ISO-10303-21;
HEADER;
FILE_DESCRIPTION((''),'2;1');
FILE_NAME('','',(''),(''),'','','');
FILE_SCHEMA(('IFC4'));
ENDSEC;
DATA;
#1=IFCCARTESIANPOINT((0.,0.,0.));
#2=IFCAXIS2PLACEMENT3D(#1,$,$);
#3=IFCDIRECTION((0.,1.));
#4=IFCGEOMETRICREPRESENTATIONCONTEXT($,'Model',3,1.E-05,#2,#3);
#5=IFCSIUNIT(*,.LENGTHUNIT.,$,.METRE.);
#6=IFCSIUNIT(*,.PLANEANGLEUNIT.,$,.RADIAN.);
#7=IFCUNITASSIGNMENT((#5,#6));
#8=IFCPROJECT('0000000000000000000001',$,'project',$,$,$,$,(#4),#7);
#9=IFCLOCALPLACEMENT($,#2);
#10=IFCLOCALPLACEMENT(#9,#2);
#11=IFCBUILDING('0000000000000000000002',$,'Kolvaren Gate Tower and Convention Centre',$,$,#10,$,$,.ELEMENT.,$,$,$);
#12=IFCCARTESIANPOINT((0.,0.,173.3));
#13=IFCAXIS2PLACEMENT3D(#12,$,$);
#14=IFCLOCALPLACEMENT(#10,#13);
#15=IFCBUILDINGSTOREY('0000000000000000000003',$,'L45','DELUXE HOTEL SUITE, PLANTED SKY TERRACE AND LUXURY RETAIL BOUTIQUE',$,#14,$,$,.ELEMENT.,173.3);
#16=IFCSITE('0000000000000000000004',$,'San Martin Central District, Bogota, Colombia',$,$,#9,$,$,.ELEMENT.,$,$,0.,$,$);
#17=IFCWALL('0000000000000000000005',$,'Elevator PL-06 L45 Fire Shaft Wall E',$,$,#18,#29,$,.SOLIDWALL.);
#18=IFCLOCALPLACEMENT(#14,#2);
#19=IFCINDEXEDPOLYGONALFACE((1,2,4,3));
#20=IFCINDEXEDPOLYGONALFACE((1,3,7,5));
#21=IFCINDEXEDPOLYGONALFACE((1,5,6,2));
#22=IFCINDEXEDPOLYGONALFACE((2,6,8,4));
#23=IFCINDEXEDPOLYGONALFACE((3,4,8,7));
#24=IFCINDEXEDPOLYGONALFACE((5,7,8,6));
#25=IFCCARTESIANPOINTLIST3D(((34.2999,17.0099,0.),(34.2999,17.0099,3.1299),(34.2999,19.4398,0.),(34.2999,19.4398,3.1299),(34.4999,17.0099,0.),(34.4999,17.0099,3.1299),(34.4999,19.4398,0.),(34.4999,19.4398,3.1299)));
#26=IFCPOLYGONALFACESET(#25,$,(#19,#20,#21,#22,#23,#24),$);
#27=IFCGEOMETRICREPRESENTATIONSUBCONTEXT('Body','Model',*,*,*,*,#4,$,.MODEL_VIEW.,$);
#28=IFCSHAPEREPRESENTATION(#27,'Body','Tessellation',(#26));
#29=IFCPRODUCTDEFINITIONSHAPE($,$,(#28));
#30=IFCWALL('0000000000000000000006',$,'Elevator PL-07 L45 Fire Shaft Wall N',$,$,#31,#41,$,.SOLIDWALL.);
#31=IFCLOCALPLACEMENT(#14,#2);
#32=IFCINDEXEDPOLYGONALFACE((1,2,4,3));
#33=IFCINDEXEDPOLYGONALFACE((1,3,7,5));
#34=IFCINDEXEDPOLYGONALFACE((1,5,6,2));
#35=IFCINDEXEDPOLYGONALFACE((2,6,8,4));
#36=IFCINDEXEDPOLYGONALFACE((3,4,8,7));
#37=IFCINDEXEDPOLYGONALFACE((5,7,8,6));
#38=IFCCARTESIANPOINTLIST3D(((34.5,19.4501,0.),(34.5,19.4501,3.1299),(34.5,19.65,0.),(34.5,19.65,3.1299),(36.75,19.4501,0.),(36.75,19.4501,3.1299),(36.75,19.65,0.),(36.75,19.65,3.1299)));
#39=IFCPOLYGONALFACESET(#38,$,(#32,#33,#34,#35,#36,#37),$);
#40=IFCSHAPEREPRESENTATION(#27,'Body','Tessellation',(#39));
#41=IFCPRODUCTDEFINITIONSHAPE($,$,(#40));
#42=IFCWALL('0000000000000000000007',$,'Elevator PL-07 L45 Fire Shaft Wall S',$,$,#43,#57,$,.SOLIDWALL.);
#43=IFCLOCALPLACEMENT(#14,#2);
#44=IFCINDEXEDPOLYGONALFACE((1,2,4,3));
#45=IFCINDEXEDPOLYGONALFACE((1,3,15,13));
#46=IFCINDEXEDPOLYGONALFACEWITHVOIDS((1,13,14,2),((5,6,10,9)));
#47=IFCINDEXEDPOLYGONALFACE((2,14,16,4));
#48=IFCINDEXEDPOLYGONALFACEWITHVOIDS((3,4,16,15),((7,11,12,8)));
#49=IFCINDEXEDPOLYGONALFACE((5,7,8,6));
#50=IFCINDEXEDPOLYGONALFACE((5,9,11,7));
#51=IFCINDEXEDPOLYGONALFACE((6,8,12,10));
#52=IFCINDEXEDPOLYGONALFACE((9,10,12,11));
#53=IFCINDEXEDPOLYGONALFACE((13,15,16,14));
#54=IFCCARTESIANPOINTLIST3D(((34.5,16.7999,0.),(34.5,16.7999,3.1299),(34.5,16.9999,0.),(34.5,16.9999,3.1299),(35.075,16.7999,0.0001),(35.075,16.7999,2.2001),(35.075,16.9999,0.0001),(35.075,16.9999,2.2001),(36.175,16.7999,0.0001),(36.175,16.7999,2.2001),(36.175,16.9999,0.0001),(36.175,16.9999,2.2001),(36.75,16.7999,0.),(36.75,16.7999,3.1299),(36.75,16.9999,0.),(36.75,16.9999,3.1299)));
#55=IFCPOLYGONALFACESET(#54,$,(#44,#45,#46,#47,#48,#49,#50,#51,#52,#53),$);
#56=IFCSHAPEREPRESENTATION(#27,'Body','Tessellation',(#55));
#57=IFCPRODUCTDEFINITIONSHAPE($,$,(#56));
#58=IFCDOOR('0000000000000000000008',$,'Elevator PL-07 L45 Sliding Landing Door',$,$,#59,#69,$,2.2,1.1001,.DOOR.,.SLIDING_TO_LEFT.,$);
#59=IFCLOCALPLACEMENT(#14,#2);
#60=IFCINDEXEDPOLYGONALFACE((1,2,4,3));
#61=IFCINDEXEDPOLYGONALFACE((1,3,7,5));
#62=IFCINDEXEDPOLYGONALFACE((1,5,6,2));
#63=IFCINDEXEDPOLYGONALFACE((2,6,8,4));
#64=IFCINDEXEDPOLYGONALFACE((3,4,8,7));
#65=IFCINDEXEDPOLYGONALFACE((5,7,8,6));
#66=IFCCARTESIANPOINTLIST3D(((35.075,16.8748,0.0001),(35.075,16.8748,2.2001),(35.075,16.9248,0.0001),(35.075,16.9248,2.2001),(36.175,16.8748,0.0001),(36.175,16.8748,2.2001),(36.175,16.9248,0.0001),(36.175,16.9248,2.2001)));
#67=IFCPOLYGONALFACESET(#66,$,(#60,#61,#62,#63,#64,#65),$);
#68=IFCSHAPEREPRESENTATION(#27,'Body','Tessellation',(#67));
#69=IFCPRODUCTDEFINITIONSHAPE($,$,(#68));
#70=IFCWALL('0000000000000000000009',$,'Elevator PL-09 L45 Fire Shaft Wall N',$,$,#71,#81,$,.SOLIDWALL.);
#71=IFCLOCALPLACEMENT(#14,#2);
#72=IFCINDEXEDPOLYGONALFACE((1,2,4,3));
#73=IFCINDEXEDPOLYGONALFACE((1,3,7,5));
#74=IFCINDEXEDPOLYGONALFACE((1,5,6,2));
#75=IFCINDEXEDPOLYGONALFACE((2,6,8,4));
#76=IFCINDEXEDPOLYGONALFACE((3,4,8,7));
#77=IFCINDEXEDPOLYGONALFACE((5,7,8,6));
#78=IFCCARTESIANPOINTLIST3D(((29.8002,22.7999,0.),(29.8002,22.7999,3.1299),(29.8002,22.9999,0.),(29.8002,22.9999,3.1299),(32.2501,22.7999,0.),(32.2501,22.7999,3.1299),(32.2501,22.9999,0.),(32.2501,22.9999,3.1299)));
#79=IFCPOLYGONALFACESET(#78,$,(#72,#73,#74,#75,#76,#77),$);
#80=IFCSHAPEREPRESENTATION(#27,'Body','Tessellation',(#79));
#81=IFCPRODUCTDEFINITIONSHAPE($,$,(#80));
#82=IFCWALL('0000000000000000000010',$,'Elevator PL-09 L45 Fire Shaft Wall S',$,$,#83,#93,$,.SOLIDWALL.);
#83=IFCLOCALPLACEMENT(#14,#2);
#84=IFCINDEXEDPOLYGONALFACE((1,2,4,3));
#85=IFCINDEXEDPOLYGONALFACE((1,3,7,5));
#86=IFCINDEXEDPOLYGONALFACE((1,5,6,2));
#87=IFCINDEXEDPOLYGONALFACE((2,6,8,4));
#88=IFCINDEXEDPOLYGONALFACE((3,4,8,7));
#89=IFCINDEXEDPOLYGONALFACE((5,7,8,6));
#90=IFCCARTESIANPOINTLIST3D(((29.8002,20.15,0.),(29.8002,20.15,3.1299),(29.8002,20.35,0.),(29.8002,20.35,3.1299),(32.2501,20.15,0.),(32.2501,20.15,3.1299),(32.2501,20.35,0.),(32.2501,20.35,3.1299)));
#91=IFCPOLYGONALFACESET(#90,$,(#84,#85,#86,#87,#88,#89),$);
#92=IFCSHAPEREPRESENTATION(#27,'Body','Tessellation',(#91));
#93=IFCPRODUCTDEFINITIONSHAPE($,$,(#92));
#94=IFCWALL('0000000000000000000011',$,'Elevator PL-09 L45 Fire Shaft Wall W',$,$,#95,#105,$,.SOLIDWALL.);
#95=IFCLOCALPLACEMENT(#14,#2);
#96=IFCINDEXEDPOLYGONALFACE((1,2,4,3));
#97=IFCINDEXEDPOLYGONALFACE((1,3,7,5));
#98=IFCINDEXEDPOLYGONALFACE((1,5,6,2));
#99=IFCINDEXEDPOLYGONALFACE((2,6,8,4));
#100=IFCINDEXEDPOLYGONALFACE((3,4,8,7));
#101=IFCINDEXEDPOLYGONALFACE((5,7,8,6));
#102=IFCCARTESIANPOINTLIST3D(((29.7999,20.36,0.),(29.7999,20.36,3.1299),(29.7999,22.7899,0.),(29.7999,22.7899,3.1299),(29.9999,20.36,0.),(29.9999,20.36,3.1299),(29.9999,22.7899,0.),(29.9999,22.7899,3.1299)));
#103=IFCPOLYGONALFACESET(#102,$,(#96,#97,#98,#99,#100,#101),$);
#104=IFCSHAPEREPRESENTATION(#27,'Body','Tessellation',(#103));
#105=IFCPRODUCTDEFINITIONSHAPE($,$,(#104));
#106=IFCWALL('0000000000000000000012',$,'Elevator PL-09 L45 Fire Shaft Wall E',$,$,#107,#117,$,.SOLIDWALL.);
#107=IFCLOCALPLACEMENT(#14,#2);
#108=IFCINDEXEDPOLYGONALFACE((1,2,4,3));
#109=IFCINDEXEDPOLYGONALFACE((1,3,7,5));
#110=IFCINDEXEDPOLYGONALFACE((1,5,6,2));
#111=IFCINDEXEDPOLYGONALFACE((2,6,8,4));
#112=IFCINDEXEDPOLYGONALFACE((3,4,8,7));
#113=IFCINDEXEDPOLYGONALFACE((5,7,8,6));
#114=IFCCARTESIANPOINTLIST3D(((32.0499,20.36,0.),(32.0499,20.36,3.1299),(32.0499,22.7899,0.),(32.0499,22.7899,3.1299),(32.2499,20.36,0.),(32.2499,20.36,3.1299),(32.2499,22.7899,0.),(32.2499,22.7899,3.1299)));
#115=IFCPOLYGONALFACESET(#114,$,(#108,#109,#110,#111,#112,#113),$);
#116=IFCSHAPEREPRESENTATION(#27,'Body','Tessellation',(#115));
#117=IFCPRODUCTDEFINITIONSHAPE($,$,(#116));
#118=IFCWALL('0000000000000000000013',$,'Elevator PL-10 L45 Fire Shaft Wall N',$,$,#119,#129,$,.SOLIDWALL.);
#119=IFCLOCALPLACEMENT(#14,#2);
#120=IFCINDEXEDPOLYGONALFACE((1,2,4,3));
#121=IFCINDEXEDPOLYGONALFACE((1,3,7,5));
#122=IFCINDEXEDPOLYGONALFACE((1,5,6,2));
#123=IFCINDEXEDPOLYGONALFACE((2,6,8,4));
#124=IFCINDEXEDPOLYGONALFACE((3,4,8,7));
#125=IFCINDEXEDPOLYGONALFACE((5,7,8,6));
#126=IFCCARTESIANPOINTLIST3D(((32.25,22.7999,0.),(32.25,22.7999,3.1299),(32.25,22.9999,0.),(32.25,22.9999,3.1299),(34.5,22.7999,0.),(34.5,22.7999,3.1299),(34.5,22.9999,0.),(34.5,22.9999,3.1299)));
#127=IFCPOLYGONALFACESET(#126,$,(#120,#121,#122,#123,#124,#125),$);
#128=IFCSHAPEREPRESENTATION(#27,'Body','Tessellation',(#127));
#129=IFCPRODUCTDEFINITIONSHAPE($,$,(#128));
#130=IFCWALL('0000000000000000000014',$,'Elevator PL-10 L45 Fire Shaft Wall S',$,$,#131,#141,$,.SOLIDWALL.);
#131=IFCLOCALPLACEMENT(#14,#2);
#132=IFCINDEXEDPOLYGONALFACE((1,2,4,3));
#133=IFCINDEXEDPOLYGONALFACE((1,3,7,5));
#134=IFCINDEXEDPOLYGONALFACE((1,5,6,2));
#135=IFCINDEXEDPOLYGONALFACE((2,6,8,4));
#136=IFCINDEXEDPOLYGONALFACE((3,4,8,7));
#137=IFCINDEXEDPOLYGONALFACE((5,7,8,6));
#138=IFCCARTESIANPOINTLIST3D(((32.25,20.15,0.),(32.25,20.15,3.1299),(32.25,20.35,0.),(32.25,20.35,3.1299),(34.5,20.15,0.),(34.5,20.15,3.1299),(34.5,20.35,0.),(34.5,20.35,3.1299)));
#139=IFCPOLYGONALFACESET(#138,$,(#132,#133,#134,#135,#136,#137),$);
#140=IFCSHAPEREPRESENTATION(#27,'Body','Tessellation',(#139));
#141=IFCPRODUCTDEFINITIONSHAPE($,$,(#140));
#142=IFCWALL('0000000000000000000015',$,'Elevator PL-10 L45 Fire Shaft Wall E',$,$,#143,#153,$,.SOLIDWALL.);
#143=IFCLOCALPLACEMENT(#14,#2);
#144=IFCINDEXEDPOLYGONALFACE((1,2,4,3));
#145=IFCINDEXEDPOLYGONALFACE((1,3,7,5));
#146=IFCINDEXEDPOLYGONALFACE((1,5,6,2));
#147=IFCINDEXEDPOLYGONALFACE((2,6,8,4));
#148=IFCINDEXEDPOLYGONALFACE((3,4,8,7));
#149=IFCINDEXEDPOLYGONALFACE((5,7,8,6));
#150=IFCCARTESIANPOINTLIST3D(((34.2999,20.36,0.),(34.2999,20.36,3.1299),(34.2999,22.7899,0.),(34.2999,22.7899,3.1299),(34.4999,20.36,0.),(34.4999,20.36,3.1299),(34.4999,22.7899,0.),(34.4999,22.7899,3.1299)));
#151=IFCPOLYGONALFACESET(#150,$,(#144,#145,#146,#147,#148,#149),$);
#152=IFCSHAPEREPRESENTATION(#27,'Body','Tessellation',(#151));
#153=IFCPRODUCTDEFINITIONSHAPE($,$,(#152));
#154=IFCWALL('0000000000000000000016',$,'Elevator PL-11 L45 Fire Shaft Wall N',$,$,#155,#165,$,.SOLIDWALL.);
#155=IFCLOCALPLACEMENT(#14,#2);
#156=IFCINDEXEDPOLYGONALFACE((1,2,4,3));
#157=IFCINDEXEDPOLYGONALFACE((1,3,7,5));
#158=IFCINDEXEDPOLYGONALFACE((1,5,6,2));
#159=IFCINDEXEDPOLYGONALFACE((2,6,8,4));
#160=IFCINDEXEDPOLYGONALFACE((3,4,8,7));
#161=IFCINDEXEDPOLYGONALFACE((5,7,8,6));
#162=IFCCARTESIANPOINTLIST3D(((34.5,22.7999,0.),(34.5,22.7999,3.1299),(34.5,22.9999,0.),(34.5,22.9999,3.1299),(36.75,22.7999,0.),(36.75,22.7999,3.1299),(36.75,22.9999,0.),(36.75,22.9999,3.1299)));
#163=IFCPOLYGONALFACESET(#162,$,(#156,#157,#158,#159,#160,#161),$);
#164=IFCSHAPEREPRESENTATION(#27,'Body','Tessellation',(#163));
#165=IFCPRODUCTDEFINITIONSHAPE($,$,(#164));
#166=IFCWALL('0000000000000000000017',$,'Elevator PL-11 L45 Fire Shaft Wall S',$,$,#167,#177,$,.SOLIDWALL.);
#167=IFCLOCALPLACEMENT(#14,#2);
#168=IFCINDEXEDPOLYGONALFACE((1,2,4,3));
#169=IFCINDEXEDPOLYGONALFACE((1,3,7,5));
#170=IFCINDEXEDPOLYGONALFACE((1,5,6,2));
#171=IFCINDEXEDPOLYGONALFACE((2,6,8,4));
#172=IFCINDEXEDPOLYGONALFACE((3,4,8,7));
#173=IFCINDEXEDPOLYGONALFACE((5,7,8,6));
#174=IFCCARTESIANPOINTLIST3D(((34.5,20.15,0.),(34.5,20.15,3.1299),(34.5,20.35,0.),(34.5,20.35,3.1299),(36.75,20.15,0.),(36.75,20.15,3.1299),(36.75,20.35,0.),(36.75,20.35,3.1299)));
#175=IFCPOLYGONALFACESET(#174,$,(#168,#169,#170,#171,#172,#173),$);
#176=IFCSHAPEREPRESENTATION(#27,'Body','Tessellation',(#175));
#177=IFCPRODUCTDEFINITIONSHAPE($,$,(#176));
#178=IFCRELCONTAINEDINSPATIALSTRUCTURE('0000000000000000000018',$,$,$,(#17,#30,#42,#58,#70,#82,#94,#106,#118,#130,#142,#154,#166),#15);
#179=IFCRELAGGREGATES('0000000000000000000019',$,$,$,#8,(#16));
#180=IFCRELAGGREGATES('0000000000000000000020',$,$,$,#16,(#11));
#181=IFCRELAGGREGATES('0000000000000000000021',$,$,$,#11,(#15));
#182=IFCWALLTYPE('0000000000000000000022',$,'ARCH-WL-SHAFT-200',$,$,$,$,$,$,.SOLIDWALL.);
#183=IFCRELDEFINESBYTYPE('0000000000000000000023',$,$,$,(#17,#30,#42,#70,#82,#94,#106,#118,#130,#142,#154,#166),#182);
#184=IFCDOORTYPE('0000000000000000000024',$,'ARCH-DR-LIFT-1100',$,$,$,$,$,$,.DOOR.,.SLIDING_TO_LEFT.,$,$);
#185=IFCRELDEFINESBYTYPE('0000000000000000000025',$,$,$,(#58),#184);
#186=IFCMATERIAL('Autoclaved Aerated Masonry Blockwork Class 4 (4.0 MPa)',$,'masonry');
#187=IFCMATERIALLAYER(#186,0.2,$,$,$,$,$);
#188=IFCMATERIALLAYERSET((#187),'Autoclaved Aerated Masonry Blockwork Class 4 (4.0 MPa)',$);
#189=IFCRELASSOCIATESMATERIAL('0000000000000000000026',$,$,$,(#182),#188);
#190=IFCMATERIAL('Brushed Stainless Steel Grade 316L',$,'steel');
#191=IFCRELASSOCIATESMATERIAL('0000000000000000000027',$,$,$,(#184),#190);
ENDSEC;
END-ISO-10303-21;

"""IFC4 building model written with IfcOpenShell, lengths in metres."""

from ifc_helpers import new_model, si_unit, direction, frame, frame_2d, origin, place, context, subcontext, project, spatial, rectangle, extrude, material, layer, layer_set, type_object, element, fill, save


model = new_model("IFC4")

# Units and contexts
model_context = context("Model", 3, precision=1e-05, world=origin(), true_north=direction((0.0, 1.0)))
body_context = subcontext(model_context, "Body", "Model", "MODEL_VIEW")
ifc_project = project(units=[si_unit("LENGTHUNIT", "METRE"), si_unit("PLANEANGLEUNIT", "RADIAN")], contexts=[model_context])

# Site, building, storey
site_placement = place(None, origin())
site = spatial("IfcSite", under=ifc_project, at=site_placement, Name="San Martin Central District, Bogota, Colombia", CompositionType="ELEMENT", RefElevation=0.0)
building_placement = place(site_placement, origin())
building = spatial("IfcBuilding", under=site, at=building_placement, Name="Kolvaren Gate Tower and Convention Centre", CompositionType="ELEMENT")
storey_placement = place(building_placement, frame((0.0, 0.0, 173.3)))
storey = spatial("IfcBuildingStorey", under=building, at=storey_placement, Name="L45", Description="DELUXE HOTEL SUITE, PLANTED SKY TERRACE AND LUXURY RETAIL BOUTIQUE", CompositionType="ELEMENT", Elevation=173.3)

# Shared definitions
ifc_material_1 = material(Name="Autoclaved Aerated Masonry Blockwork Class 4 (4.0 MPa)", Category="masonry")

# Shared definitions
ifc_layer_1 = layer(ifc_material_1, 0.2)
ifc_layer_set_1 = layer_set([ifc_layer_1], Name="Autoclaved Aerated Masonry Blockwork Class 4 (4.0 MPa)")
wall_type_1 = type_object("IfcWallType", Name="ARCH-WL-SHAFT-200", PredefinedType="SOLIDWALL", material=ifc_layer_set_1)

# Shared definitions
ifc_material_2 = material(Name="Brushed Stainless Steel Grade 316L", Category="steel")
door_type_1 = type_object("IfcDoorType", Name="ARCH-DR-LIFT-1100", OperationType="SLIDING_TO_LEFT", PredefinedType="DOOR", material=ifc_material_2)

# Walls
wall_1_placement = place(storey_placement, frame((34.3999, 17.01, 0.0), z_axis=(0.0, 0.0, 1.0), x_axis=(0.0, 1.0, 0.0)))
element("IfcWall", 1, at=wall_1_placement, inside=storey, type_object=wall_type_1, Name="Elevator PL-06 L45 Fire Shaft Wall E", PredefinedType="SOLIDWALL", context=body_context, shape_type="SweptSolid", body=[
    extrude(rectangle(XDim=2.4299, YDim=0.2, at=frame_2d((1.2148, 0.0))), origin(), (0.0, 0.0, 1.0), 3.1299),
])
wall_2_placement = place(storey_placement, frame((34.5, 19.55, 0.0), z_axis=(0.0, 0.0, 1.0), x_axis=(1.0, 0.0, 0.0)))
element("IfcWall", 2, at=wall_2_placement, inside=storey, type_object=wall_type_1, Name="Elevator PL-07 L45 Fire Shaft Wall N", PredefinedType="SOLIDWALL", context=body_context, shape_type="SweptSolid", body=[
    extrude(rectangle(XDim=2.25, YDim=0.2, at=frame_2d((1.125, 0.0))), origin(), (0.0, 0.0, 1.0), 3.1299),
])

# Wall, opening, door
wall_3_placement = place(storey_placement, frame((34.5, 16.8999, 0.0), z_axis=(0.0, 0.0, 1.0), x_axis=(1.0, 0.0, 0.0)))
wall_3 = element("IfcWall", 3, at=wall_3_placement, inside=storey, type_object=wall_type_1, Name="Elevator PL-07 L45 Fire Shaft Wall S", PredefinedType="SOLIDWALL", context=body_context, shape_type="SweptSolid", body=[
    extrude(rectangle(XDim=2.25, YDim=0.2, at=frame_2d((1.125, 0.0))), origin(), (0.0, 0.0, 1.0), 3.1299),
])
opening_1_placement = place(wall_3_placement, frame((0.575, 0.0, 0.0)))
opening_1 = element("IfcOpeningElement", 4, at=opening_1_placement, cuts=wall_3, PredefinedType="OPENING", context=body_context, shape_type="SweptSolid", body=[
    extrude(rectangle(XDim=1.1001, YDim=2.2, at=frame_2d((0.55, 1.1001))), frame((0.0, 0.1099, 0.0), z_axis=(0.0, -1.0, 0.0), x_axis=(1.0, 0.0, 0.0)), (0.0, 0.0, 1.0), 0.22),
])
door_1_placement = place(opening_1_placement, origin())
door_1 = element("IfcDoor", 5, at=door_1_placement, inside=storey, type_object=door_type_1, Name="Elevator PL-07 L45 Sliding Landing Door", OperationType="SLIDING_TO_LEFT", OverallHeight=2.2, OverallWidth=1.1001, PredefinedType="DOOR", context=body_context, shape_type="SweptSolid", body=[
    extrude(rectangle(XDim=1.1001, YDim=2.2, at=frame_2d((0.55, 1.1001))), frame((0.0, 0.0249, 0.0), z_axis=(0.0, -1.0, 0.0), x_axis=(1.0, 0.0, 0.0)), (0.0, 0.0, 1.0), 0.05),
])
fill(opening_1, door_1)

# Walls
for number, where, z_axis, x_axis, name in (
    (6, (29.8, 22.8999, 0.0), (0.0, 0.0, 1.0), (1.0, 0.0, 0.0), "Elevator PL-09 L45 Fire Shaft Wall N"),
    (7, (29.8, 20.25, 0.0), (0.0, 0.0, 1.0), (1.0, 0.0, 0.0), "Elevator PL-09 L45 Fire Shaft Wall S"),
):
    element("IfcWall", number, at=place(storey_placement, frame(where, z_axis=z_axis, x_axis=x_axis)), inside=storey, type_object=wall_type_1, Name=name, PredefinedType="SOLIDWALL", context=body_context, shape_type="SweptSolid", body=[
        extrude(rectangle(XDim=2.45, YDim=0.2, at=frame_2d((1.2251, 0.0))), origin(), (0.0, 0.0, 1.0), 3.1299),
    ])
for number, where, z_axis, x_axis, name in (
    (8, (29.8999, 20.3601, 0.0), (0.0, 0.0, 1.0), (0.0, 1.0, 0.0), "Elevator PL-09 L45 Fire Shaft Wall W"),
    (9, (32.1499, 20.3601, 0.0), (0.0, 0.0, 1.0), (0.0, 1.0, 0.0), "Elevator PL-09 L45 Fire Shaft Wall E"),
):
    element("IfcWall", number, at=place(storey_placement, frame(where, z_axis=z_axis, x_axis=x_axis)), inside=storey, type_object=wall_type_1, Name=name, PredefinedType="SOLIDWALL", context=body_context, shape_type="SweptSolid", body=[
        extrude(rectangle(XDim=2.4299, YDim=0.2, at=frame_2d((1.2148, 0.0))), origin(), (0.0, 0.0, 1.0), 3.1299),
    ])
for number, where, z_axis, x_axis, name in (
    (10, (32.25, 22.8999, 0.0), (0.0, 0.0, 1.0), (1.0, 0.0, 0.0), "Elevator PL-10 L45 Fire Shaft Wall N"),
    (11, (32.25, 20.25, 0.0), (0.0, 0.0, 1.0), (1.0, 0.0, 0.0), "Elevator PL-10 L45 Fire Shaft Wall S"),
):
    element("IfcWall", number, at=place(storey_placement, frame(where, z_axis=z_axis, x_axis=x_axis)), inside=storey, type_object=wall_type_1, Name=name, PredefinedType="SOLIDWALL", context=body_context, shape_type="SweptSolid", body=[
        extrude(rectangle(XDim=2.25, YDim=0.2, at=frame_2d((1.125, 0.0))), origin(), (0.0, 0.0, 1.0), 3.1299),
    ])
wall_4_placement = place(storey_placement, frame((34.3999, 20.3601, 0.0), z_axis=(0.0, 0.0, 1.0), x_axis=(0.0, 1.0, 0.0)))
element("IfcWall", 12, at=wall_4_placement, inside=storey, type_object=wall_type_1, Name="Elevator PL-10 L45 Fire Shaft Wall E", PredefinedType="SOLIDWALL", context=body_context, shape_type="SweptSolid", body=[
    extrude(rectangle(XDim=2.4299, YDim=0.2, at=frame_2d((1.2148, 0.0))), origin(), (0.0, 0.0, 1.0), 3.1299),
])
for number, where, z_axis, x_axis, name in (
    (13, (34.5, 22.8999, 0.0), (0.0, 0.0, 1.0), (1.0, 0.0, 0.0), "Elevator PL-11 L45 Fire Shaft Wall N"),
    (14, (34.5, 20.25, 0.0), (0.0, 0.0, 1.0), (1.0, 0.0, 0.0), "Elevator PL-11 L45 Fire Shaft Wall S"),
):
    element("IfcWall", number, at=place(storey_placement, frame(where, z_axis=z_axis, x_axis=x_axis)), inside=storey, type_object=wall_type_1, Name=name, PredefinedType="SOLIDWALL", context=body_context, shape_type="SweptSolid", body=[
        extrude(rectangle(XDim=2.25, YDim=0.2, at=frame_2d((1.125, 0.0))), origin(), (0.0, 0.0, 1.0), 3.1299),
    ])

save(model, "model.ifc")
